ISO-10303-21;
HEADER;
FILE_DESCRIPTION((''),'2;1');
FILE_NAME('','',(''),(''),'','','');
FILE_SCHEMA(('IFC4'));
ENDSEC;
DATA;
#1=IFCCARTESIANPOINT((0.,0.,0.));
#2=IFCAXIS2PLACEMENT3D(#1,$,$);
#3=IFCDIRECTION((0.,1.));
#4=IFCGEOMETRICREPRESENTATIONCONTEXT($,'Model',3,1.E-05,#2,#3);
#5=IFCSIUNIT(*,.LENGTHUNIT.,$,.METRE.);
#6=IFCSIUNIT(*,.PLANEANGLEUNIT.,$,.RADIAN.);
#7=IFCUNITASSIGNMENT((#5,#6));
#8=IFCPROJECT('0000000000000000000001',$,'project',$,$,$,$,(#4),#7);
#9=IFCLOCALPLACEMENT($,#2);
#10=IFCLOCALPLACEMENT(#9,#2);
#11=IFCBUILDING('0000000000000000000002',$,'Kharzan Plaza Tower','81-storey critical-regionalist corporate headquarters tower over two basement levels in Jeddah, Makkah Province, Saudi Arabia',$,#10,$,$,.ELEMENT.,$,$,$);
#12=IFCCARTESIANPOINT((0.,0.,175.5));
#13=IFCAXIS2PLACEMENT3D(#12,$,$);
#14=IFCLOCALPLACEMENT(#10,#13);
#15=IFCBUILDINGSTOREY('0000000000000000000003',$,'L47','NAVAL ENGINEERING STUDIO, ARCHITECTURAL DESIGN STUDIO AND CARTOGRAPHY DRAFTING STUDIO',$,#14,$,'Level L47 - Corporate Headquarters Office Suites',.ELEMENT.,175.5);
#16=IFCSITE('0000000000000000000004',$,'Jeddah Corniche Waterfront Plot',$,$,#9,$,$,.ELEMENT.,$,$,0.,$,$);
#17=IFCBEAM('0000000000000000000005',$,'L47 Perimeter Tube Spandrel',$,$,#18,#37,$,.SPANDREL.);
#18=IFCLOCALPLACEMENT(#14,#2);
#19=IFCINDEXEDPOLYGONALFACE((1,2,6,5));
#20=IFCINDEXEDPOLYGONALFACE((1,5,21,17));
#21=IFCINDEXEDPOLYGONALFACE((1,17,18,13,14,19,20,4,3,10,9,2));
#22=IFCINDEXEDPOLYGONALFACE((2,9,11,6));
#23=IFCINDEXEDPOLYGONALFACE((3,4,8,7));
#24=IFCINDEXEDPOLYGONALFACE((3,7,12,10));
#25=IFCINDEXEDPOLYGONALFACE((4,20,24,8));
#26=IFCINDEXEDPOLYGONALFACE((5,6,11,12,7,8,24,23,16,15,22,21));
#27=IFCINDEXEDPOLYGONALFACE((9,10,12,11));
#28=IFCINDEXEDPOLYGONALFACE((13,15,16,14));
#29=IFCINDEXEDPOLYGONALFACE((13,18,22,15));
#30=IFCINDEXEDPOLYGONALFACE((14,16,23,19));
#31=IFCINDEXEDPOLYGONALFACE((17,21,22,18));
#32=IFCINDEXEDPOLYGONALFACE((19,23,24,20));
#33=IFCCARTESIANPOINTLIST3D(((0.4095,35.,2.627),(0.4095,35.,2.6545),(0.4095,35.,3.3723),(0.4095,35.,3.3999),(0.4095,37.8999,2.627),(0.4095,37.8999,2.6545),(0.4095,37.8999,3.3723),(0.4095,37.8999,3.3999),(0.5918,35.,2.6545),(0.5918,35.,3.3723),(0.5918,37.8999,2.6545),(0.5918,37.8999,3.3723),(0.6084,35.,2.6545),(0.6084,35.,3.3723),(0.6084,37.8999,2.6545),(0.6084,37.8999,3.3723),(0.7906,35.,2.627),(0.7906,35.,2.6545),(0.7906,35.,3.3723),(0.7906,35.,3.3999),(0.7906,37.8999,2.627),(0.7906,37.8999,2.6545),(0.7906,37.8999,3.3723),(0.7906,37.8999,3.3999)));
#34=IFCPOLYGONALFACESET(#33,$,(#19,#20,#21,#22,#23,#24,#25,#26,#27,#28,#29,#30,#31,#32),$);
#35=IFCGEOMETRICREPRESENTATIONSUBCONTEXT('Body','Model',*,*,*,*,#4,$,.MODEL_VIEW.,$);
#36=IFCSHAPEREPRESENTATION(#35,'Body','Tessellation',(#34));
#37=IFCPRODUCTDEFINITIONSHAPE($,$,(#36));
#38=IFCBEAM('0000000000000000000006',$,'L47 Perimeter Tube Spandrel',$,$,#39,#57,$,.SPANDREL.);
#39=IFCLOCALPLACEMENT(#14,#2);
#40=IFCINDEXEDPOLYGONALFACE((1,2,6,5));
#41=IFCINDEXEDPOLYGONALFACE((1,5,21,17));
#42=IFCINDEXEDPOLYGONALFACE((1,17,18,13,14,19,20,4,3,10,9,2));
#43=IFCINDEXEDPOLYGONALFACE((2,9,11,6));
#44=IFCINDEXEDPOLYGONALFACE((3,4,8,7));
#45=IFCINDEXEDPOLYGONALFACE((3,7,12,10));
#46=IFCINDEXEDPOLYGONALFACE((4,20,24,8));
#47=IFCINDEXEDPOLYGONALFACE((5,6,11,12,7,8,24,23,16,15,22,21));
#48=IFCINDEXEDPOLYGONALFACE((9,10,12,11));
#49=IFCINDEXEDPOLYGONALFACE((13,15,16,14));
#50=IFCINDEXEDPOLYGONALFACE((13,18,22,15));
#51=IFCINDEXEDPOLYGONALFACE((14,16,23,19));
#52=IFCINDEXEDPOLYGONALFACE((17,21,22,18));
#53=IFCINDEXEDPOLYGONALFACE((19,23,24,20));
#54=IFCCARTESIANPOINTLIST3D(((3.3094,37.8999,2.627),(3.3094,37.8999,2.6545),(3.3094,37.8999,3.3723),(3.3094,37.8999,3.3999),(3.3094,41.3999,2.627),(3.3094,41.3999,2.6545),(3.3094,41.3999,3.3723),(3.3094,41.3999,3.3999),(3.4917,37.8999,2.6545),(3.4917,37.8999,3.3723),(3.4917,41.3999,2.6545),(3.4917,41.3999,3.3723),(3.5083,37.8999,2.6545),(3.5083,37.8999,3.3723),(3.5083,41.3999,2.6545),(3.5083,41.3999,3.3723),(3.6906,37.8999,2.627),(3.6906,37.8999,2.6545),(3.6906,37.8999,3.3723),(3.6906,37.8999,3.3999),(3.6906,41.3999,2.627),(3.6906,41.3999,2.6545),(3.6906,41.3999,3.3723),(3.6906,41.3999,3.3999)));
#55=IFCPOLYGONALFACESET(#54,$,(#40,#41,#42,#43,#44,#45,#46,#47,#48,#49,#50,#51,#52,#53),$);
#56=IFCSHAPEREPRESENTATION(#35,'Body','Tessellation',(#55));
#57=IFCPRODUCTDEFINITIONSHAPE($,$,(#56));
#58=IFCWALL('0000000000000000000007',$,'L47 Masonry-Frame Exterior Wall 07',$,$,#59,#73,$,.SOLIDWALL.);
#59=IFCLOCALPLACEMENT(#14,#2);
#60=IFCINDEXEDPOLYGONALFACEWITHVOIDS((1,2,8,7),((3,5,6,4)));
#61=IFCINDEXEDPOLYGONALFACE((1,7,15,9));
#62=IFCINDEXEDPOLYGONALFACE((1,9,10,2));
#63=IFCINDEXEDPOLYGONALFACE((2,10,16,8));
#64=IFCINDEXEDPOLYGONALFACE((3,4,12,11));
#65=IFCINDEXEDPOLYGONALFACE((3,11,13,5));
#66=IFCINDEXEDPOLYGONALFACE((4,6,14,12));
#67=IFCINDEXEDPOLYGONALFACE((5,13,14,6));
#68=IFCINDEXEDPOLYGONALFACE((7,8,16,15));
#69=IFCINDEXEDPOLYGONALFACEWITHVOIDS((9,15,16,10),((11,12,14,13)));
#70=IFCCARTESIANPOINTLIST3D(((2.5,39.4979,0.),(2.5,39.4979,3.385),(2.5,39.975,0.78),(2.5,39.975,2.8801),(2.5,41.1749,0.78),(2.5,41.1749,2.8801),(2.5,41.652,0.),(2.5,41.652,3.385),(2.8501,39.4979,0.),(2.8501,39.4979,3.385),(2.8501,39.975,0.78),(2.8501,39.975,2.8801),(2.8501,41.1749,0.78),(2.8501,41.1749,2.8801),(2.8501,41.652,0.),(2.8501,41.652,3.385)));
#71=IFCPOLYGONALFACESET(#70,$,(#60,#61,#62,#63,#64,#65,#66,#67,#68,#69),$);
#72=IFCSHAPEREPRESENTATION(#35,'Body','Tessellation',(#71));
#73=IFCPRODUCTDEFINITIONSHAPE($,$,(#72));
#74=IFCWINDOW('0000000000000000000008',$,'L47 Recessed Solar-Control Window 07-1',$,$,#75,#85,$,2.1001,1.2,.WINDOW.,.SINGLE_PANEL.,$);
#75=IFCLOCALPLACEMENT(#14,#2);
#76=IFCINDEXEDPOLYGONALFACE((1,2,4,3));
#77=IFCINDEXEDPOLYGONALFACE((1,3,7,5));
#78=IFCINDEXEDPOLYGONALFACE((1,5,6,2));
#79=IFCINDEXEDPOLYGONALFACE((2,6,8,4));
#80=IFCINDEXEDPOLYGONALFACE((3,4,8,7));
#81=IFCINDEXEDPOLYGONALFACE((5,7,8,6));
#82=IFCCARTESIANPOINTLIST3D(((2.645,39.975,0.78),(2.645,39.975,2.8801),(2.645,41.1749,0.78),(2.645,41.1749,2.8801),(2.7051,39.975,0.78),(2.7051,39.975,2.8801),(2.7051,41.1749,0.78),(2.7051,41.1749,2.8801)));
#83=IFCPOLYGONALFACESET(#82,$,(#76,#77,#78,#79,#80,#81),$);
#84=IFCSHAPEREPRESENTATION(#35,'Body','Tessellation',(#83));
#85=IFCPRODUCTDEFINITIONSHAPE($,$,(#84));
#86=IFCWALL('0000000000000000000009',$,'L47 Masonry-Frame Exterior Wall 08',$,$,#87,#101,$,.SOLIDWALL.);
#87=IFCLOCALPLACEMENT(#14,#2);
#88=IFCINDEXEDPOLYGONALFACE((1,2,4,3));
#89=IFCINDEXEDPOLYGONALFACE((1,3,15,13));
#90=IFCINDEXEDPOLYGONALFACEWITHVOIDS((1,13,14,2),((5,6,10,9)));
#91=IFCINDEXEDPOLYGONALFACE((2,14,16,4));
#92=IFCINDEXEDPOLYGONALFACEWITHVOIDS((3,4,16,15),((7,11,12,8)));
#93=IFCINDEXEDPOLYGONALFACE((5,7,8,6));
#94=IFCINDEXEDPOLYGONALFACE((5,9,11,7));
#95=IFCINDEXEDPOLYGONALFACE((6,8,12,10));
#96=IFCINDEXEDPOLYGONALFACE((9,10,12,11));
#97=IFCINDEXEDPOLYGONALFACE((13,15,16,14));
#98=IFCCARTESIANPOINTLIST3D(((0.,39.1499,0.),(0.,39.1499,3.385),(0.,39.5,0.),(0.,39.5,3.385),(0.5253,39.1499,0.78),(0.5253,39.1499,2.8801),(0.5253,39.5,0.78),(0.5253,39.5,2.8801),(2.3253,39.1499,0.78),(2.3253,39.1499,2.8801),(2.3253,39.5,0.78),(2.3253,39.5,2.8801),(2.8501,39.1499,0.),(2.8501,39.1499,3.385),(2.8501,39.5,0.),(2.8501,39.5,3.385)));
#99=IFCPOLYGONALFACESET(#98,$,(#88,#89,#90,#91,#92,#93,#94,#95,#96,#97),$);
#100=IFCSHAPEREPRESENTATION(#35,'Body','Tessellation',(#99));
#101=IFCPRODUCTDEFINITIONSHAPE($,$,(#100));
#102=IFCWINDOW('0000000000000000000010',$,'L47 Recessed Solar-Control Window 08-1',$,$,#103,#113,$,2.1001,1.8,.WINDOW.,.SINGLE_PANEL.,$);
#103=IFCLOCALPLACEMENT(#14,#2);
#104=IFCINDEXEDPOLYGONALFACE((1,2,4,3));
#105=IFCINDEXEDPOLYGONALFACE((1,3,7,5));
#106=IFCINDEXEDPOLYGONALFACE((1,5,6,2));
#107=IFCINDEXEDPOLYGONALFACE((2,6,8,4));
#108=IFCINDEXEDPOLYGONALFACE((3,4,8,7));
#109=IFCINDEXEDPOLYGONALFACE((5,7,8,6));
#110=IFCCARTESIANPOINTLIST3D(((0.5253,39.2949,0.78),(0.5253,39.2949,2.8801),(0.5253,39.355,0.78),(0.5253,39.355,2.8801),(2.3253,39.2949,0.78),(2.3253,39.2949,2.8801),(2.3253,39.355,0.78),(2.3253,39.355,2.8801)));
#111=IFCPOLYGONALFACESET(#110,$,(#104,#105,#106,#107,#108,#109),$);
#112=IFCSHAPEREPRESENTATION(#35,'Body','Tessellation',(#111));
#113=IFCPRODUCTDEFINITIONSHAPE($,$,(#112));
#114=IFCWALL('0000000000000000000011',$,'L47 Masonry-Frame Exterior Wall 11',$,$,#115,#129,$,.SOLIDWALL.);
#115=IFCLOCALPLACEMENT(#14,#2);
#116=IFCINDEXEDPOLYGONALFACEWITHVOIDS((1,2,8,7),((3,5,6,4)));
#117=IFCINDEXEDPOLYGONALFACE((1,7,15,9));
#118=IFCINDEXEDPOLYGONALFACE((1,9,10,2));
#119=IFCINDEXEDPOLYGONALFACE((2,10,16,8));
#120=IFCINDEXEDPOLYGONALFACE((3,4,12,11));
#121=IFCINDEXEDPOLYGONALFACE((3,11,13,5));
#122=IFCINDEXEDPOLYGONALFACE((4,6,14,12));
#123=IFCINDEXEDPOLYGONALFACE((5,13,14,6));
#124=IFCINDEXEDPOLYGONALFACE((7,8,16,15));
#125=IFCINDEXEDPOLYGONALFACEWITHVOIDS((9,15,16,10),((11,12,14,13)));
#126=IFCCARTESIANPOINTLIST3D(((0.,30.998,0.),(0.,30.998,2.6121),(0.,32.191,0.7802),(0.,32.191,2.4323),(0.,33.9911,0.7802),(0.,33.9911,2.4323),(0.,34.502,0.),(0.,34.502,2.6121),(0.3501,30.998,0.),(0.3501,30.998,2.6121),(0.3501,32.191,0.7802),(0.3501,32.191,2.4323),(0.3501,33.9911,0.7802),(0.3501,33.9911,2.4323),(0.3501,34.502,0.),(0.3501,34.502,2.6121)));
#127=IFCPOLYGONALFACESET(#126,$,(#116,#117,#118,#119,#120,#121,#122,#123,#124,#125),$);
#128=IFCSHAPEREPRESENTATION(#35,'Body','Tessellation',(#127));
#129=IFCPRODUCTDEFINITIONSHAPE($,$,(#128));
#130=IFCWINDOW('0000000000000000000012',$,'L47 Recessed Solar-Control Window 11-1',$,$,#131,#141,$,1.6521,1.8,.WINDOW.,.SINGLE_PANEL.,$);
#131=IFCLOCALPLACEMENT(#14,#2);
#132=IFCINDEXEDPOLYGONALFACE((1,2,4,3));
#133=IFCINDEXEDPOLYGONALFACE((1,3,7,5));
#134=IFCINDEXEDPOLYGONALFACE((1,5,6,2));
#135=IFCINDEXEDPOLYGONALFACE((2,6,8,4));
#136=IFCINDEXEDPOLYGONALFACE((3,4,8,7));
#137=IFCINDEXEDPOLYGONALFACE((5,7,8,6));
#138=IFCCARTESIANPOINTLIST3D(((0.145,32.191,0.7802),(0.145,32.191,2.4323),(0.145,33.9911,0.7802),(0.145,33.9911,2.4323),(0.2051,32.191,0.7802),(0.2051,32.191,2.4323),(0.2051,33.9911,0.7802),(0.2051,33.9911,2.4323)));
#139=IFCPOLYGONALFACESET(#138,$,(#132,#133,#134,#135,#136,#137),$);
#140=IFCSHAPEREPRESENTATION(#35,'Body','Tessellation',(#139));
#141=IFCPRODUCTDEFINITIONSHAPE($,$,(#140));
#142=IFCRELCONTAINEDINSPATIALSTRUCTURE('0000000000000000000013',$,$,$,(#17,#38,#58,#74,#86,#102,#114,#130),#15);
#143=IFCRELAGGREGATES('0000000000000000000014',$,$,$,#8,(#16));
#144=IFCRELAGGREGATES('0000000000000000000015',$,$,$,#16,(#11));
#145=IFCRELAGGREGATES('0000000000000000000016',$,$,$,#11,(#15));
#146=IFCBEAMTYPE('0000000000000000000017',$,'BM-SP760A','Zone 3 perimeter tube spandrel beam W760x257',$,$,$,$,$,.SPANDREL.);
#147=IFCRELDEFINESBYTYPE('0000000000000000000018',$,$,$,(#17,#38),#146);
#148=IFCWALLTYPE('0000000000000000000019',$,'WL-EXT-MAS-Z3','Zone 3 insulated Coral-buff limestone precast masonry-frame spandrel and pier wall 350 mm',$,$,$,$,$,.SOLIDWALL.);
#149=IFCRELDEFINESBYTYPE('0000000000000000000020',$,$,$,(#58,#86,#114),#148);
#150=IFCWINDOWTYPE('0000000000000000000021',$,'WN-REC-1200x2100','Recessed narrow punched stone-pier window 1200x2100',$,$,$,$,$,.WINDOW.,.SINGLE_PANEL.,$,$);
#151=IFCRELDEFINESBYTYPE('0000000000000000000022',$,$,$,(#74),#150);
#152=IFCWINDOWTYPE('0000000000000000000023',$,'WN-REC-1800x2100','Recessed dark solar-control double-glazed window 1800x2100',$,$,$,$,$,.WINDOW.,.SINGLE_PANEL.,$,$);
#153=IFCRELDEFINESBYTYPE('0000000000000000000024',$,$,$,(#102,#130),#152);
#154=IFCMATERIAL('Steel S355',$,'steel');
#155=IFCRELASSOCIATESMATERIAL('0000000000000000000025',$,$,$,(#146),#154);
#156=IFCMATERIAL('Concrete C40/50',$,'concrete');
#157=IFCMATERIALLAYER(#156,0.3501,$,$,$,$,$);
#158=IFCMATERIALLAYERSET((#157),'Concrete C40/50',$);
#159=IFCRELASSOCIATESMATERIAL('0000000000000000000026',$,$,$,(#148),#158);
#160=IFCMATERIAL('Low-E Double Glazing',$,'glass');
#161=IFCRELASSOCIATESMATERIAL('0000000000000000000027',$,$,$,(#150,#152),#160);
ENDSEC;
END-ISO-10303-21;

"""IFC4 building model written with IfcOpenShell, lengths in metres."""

from ifc_helpers import new_model, si_unit, direction, frame, frame_2d, origin, origin_2d, place, context, subcontext, project, spatial, rectangle, i_section, extrude, source, transform, mapped, material, layer, layer_set, material_profile, profile_set, type_object, element, fill, save


model = new_model("IFC4")

# Units and contexts
model_context = context("Model", 3, precision=1e-05, world=origin(), true_north=direction((0.0, 1.0)))
body_context = subcontext(model_context, "Body", "Model", "MODEL_VIEW")
ifc_project = project(units=[si_unit("LENGTHUNIT", "METRE"), si_unit("PLANEANGLEUNIT", "RADIAN")], contexts=[model_context])

# Site, building, storey
site_placement = place(None, origin())
site = spatial("IfcSite", under=ifc_project, at=site_placement, Name="Jeddah Corniche Waterfront Plot", CompositionType="ELEMENT", RefElevation=0.0)
building_placement = place(site_placement, origin())
building = spatial("IfcBuilding", under=site, at=building_placement, Name="Kharzan Plaza Tower", Description="81-storey critical-regionalist corporate headquarters tower over two basement levels in Jeddah, Makkah Province, Saudi Arabia", CompositionType="ELEMENT")
storey_placement = place(building_placement, frame((0.0, 0.0, 175.5)))
storey = spatial("IfcBuildingStorey", under=building, at=storey_placement, Name="L47", Description="NAVAL ENGINEERING STUDIO, ARCHITECTURAL DESIGN STUDIO AND CARTOGRAPHY DRAFTING STUDIO", LongName="Level L47 - Corporate Headquarters Office Suites", CompositionType="ELEMENT", Elevation=175.5)

# Beams
ifc_material_1 = material(Name="Steel S355", Category="steel")
ifc_material_profile_1 = material_profile(ifc_material_1, i_section(OverallWidth=0.3811, OverallDepth=0.7729, WebThickness=0.0166, FlangeThickness=0.0276, at=origin_2d()), Name="W760x257")
ifc_profile_set_1 = profile_set([ifc_material_profile_1], Name="Steel S355")
beam_type_1 = type_object("IfcBeamType", Name="BM-SP760A", Description="Zone 3 perimeter tube spandrel beam W760x257", PredefinedType="SPANDREL", material=ifc_profile_set_1)
shared_shape_1 = source(origin(), body_context, "Body", "SweptSolid", [
    extrude(i_section(OverallWidth=0.3811, OverallDepth=0.7729, WebThickness=0.0166, FlangeThickness=0.0276, at=origin_2d()), origin(), (0.0, 0.0, 1.0), 2.8999),
])
beam_1_placement = place(storey_placement, frame((0.6001, 35.0, 3.0134), z_axis=(0.0, 1.0, 0.0), x_axis=(-1.0, 0.0, 0.0)))
element("IfcBeam", 1, at=beam_1_placement, inside=storey, type_object=beam_type_1, Name="L47 Perimeter Tube Spandrel", PredefinedType="SPANDREL", context=body_context, shape_type="MappedRepresentation", body=[
    mapped(shared_shape_1, transform((0.0, 0.0, 0.0), x_axis=(1.0, 0.0, 0.0), y_axis=(0.0, 1.0, 0.0), z_axis=(0.0, 0.0, 1.0))),
])
shared_shape_2 = source(origin(), body_context, "Body", "SweptSolid", [
    extrude(i_section(OverallWidth=0.3811, OverallDepth=0.7729, WebThickness=0.0166, FlangeThickness=0.0276, at=origin_2d()), origin(), (0.0, 0.0, 1.0), 3.5),
])
beam_2_placement = place(storey_placement, frame((3.5, 37.8999, 3.0134), z_axis=(0.0, 1.0, 0.0), x_axis=(-1.0, 0.0, 0.0)))
element("IfcBeam", 2, at=beam_2_placement, inside=storey, type_object=beam_type_1, Name="L47 Perimeter Tube Spandrel", PredefinedType="SPANDREL", context=body_context, shape_type="MappedRepresentation", body=[
    mapped(shared_shape_2, transform((0.0, 0.0, 0.0), x_axis=(1.0, 0.0, 0.0), y_axis=(0.0, 1.0, 0.0), z_axis=(0.0, 0.0, 1.0))),
])

# Walls, openings, windows
ifc_material_2 = material(Name="Concrete C40/50", Category="concrete")
ifc_layer_1 = layer(ifc_material_2, 0.3501)
ifc_layer_set_1 = layer_set([ifc_layer_1], Name="Concrete C40/50")
wall_type_1 = type_object("IfcWallType", Name="WL-EXT-MAS-Z3", Description="Zone 3 insulated Coral-buff limestone precast masonry-frame spandrel and pier wall 350 mm", PredefinedType="SOLIDWALL", material=ifc_layer_set_1)
wall_1_placement = place(storey_placement, frame((2.675, 41.6521, 0.0), z_axis=(0.0, 0.0, 1.0), x_axis=(0.0, -1.0, 0.0)))
wall_1 = element("IfcWall", 3, at=wall_1_placement, inside=storey, type_object=wall_type_1, Name="L47 Masonry-Frame Exterior Wall 07", PredefinedType="SOLIDWALL", context=body_context, shape_type="SweptSolid", body=[
    extrude(rectangle(XDim=2.1541, YDim=0.3501, at=frame_2d((1.0771, 0.0))), origin(), (0.0, 0.0, 1.0), 3.385),
])
opening_1_placement = place(wall_1_placement, frame((0.4771, 0.0, 0.78)))
opening_1 = element("IfcOpeningElement", 4, at=opening_1_placement, cuts=wall_1, PredefinedType="OPENING", context=body_context, shape_type="SweptSolid", body=[
    extrude(rectangle(XDim=1.2, YDim=2.1001, at=frame_2d((0.6001, 1.05))), frame((0.0, 0.1851, 0.0), z_axis=(0.0, -1.0, 0.0), x_axis=(1.0, 0.0, 0.0)), (0.0, 0.0, 1.0), 0.3701),
])
ifc_material_3 = material(Name="Low-E Double Glazing", Category="glass")
window_type_1 = type_object("IfcWindowType", Name="WN-REC-1200x2100", Description="Recessed narrow punched stone-pier window 1200x2100", PartitioningType="SINGLE_PANEL", PredefinedType="WINDOW", material=ifc_material_3)
shared_shape_3 = source(origin(), body_context, "Body", "SweptSolid", [
    extrude(rectangle(XDim=1.2, YDim=2.1001, at=frame_2d((0.6001, 1.05))), frame((0.0, 0.03, 0.0), z_axis=(0.0, -1.0, 0.0), x_axis=(1.0, 0.0, 0.0)), (0.0, 0.0, 1.0), 0.0601),
])
window_1_placement = place(opening_1_placement, origin())
window_1 = element("IfcWindow", 5, at=window_1_placement, inside=storey, type_object=window_type_1, Name="L47 Recessed Solar-Control Window 07-1", OverallHeight=2.1001, OverallWidth=1.2, PartitioningType="SINGLE_PANEL", PredefinedType="WINDOW", context=body_context, shape_type="MappedRepresentation", body=[
    mapped(shared_shape_3, transform((0.0, 0.0, 0.0), x_axis=(1.0, 0.0, 0.0), y_axis=(0.0, 1.0, 0.0), z_axis=(0.0, 0.0, 1.0))),
])
fill(opening_1, window_1)
wall_2_placement = place(storey_placement, frame((2.8501, 39.325, 0.0), z_axis=(0.0, 0.0, 1.0), x_axis=(-1.0, 0.0, 0.0)))
wall_2 = element("IfcWall", 6, at=wall_2_placement, inside=storey, type_object=wall_type_1, Name="L47 Masonry-Frame Exterior Wall 08", PredefinedType="SOLIDWALL", context=body_context, shape_type="SweptSolid", body=[
    extrude(rectangle(XDim=2.8501, YDim=0.3501, at=frame_2d((1.425, 0.0))), origin(), (0.0, 0.0, 1.0), 3.385),
])
opening_2_placement = place(wall_2_placement, frame((0.5249, 0.0, 0.78)))
opening_2 = element("IfcOpeningElement", 7, at=opening_2_placement, cuts=wall_2, PredefinedType="OPENING", context=body_context, shape_type="SweptSolid", body=[
    extrude(rectangle(XDim=1.8, YDim=2.1001, at=frame_2d((0.8999, 1.05))), frame((0.0, 0.1851, 0.0), z_axis=(0.0, -1.0, 0.0), x_axis=(1.0, 0.0, 0.0)), (0.0, 0.0, 1.0), 0.3701),
])
window_type_2 = type_object("IfcWindowType", Name="WN-REC-1800x2100", Description="Recessed dark solar-control double-glazed window 1800x2100", PartitioningType="SINGLE_PANEL", PredefinedType="WINDOW", material=ifc_material_3)
shared_shape_4 = source(origin(), body_context, "Body", "SweptSolid", [
    extrude(rectangle(XDim=1.8, YDim=2.1001, at=frame_2d((0.8999, 1.05))), frame((0.0, 0.03, 0.0), z_axis=(0.0, -1.0, 0.0), x_axis=(1.0, 0.0, 0.0)), (0.0, 0.0, 1.0), 0.0601),
])
window_2_placement = place(opening_2_placement, origin())
window_2 = element("IfcWindow", 8, at=window_2_placement, inside=storey, type_object=window_type_2, Name="L47 Recessed Solar-Control Window 08-1", OverallHeight=2.1001, OverallWidth=1.8, PartitioningType="SINGLE_PANEL", PredefinedType="WINDOW", context=body_context, shape_type="MappedRepresentation", body=[
    mapped(shared_shape_4, transform((0.0, 0.0, 0.0), x_axis=(1.0, 0.0, 0.0), y_axis=(0.0, 1.0, 0.0), z_axis=(0.0, 0.0, 1.0))),
])
fill(opening_2, window_2)
wall_3_placement = place(storey_placement, frame((0.175, 34.502, 0.0), z_axis=(0.0, 0.0, 1.0), x_axis=(0.0, -1.0, 0.0)))
wall_3 = element("IfcWall", 9, at=wall_3_placement, inside=storey, type_object=wall_type_1, Name="L47 Masonry-Frame Exterior Wall 11", PredefinedType="SOLIDWALL", context=body_context, shape_type="SweptSolid", body=[
    extrude(rectangle(XDim=3.5039, YDim=0.3501, at=frame_2d((1.752, 0.0))), origin(), (0.0, 0.0, 1.0), 2.6121),
])
opening_3_placement = place(wall_3_placement, frame((0.511, 0.0, 0.78)))
opening_3 = element("IfcOpeningElement", 10, at=opening_3_placement, cuts=wall_3, PredefinedType="OPENING", context=body_context, shape_type="SweptSolid", body=[
    extrude(rectangle(XDim=1.8, YDim=1.6521, at=frame_2d((0.8999, 0.8262))), frame((0.0, 0.1851, 0.0), z_axis=(0.0, -1.0, 0.0), x_axis=(1.0, 0.0, 0.0)), (0.0, 0.0, 1.0), 0.3701),
])
shared_shape_5 = source(origin(), body_context, "Body", "SweptSolid", [
    extrude(rectangle(XDim=1.8, YDim=1.6521, at=frame_2d((0.8999, 0.8262))), frame((0.0, 0.03, 0.0), z_axis=(0.0, -1.0, 0.0), x_axis=(1.0, 0.0, 0.0)), (0.0, 0.0, 1.0), 0.0601),
])
window_3_placement = place(opening_3_placement, origin())
window_3 = element("IfcWindow", 11, at=window_3_placement, inside=storey, type_object=window_type_2, Name="L47 Recessed Solar-Control Window 11-1", OverallHeight=1.6521, OverallWidth=1.8, PartitioningType="SINGLE_PANEL", PredefinedType="WINDOW", context=body_context, shape_type="MappedRepresentation", body=[
    mapped(shared_shape_5, transform((0.0, 0.0, 0.0), x_axis=(1.0, 0.0, 0.0), y_axis=(0.0, 1.0, 0.0), z_axis=(0.0, 0.0, 1.0))),
])
fill(opening_3, window_3)

save(model, "model.ifc")
